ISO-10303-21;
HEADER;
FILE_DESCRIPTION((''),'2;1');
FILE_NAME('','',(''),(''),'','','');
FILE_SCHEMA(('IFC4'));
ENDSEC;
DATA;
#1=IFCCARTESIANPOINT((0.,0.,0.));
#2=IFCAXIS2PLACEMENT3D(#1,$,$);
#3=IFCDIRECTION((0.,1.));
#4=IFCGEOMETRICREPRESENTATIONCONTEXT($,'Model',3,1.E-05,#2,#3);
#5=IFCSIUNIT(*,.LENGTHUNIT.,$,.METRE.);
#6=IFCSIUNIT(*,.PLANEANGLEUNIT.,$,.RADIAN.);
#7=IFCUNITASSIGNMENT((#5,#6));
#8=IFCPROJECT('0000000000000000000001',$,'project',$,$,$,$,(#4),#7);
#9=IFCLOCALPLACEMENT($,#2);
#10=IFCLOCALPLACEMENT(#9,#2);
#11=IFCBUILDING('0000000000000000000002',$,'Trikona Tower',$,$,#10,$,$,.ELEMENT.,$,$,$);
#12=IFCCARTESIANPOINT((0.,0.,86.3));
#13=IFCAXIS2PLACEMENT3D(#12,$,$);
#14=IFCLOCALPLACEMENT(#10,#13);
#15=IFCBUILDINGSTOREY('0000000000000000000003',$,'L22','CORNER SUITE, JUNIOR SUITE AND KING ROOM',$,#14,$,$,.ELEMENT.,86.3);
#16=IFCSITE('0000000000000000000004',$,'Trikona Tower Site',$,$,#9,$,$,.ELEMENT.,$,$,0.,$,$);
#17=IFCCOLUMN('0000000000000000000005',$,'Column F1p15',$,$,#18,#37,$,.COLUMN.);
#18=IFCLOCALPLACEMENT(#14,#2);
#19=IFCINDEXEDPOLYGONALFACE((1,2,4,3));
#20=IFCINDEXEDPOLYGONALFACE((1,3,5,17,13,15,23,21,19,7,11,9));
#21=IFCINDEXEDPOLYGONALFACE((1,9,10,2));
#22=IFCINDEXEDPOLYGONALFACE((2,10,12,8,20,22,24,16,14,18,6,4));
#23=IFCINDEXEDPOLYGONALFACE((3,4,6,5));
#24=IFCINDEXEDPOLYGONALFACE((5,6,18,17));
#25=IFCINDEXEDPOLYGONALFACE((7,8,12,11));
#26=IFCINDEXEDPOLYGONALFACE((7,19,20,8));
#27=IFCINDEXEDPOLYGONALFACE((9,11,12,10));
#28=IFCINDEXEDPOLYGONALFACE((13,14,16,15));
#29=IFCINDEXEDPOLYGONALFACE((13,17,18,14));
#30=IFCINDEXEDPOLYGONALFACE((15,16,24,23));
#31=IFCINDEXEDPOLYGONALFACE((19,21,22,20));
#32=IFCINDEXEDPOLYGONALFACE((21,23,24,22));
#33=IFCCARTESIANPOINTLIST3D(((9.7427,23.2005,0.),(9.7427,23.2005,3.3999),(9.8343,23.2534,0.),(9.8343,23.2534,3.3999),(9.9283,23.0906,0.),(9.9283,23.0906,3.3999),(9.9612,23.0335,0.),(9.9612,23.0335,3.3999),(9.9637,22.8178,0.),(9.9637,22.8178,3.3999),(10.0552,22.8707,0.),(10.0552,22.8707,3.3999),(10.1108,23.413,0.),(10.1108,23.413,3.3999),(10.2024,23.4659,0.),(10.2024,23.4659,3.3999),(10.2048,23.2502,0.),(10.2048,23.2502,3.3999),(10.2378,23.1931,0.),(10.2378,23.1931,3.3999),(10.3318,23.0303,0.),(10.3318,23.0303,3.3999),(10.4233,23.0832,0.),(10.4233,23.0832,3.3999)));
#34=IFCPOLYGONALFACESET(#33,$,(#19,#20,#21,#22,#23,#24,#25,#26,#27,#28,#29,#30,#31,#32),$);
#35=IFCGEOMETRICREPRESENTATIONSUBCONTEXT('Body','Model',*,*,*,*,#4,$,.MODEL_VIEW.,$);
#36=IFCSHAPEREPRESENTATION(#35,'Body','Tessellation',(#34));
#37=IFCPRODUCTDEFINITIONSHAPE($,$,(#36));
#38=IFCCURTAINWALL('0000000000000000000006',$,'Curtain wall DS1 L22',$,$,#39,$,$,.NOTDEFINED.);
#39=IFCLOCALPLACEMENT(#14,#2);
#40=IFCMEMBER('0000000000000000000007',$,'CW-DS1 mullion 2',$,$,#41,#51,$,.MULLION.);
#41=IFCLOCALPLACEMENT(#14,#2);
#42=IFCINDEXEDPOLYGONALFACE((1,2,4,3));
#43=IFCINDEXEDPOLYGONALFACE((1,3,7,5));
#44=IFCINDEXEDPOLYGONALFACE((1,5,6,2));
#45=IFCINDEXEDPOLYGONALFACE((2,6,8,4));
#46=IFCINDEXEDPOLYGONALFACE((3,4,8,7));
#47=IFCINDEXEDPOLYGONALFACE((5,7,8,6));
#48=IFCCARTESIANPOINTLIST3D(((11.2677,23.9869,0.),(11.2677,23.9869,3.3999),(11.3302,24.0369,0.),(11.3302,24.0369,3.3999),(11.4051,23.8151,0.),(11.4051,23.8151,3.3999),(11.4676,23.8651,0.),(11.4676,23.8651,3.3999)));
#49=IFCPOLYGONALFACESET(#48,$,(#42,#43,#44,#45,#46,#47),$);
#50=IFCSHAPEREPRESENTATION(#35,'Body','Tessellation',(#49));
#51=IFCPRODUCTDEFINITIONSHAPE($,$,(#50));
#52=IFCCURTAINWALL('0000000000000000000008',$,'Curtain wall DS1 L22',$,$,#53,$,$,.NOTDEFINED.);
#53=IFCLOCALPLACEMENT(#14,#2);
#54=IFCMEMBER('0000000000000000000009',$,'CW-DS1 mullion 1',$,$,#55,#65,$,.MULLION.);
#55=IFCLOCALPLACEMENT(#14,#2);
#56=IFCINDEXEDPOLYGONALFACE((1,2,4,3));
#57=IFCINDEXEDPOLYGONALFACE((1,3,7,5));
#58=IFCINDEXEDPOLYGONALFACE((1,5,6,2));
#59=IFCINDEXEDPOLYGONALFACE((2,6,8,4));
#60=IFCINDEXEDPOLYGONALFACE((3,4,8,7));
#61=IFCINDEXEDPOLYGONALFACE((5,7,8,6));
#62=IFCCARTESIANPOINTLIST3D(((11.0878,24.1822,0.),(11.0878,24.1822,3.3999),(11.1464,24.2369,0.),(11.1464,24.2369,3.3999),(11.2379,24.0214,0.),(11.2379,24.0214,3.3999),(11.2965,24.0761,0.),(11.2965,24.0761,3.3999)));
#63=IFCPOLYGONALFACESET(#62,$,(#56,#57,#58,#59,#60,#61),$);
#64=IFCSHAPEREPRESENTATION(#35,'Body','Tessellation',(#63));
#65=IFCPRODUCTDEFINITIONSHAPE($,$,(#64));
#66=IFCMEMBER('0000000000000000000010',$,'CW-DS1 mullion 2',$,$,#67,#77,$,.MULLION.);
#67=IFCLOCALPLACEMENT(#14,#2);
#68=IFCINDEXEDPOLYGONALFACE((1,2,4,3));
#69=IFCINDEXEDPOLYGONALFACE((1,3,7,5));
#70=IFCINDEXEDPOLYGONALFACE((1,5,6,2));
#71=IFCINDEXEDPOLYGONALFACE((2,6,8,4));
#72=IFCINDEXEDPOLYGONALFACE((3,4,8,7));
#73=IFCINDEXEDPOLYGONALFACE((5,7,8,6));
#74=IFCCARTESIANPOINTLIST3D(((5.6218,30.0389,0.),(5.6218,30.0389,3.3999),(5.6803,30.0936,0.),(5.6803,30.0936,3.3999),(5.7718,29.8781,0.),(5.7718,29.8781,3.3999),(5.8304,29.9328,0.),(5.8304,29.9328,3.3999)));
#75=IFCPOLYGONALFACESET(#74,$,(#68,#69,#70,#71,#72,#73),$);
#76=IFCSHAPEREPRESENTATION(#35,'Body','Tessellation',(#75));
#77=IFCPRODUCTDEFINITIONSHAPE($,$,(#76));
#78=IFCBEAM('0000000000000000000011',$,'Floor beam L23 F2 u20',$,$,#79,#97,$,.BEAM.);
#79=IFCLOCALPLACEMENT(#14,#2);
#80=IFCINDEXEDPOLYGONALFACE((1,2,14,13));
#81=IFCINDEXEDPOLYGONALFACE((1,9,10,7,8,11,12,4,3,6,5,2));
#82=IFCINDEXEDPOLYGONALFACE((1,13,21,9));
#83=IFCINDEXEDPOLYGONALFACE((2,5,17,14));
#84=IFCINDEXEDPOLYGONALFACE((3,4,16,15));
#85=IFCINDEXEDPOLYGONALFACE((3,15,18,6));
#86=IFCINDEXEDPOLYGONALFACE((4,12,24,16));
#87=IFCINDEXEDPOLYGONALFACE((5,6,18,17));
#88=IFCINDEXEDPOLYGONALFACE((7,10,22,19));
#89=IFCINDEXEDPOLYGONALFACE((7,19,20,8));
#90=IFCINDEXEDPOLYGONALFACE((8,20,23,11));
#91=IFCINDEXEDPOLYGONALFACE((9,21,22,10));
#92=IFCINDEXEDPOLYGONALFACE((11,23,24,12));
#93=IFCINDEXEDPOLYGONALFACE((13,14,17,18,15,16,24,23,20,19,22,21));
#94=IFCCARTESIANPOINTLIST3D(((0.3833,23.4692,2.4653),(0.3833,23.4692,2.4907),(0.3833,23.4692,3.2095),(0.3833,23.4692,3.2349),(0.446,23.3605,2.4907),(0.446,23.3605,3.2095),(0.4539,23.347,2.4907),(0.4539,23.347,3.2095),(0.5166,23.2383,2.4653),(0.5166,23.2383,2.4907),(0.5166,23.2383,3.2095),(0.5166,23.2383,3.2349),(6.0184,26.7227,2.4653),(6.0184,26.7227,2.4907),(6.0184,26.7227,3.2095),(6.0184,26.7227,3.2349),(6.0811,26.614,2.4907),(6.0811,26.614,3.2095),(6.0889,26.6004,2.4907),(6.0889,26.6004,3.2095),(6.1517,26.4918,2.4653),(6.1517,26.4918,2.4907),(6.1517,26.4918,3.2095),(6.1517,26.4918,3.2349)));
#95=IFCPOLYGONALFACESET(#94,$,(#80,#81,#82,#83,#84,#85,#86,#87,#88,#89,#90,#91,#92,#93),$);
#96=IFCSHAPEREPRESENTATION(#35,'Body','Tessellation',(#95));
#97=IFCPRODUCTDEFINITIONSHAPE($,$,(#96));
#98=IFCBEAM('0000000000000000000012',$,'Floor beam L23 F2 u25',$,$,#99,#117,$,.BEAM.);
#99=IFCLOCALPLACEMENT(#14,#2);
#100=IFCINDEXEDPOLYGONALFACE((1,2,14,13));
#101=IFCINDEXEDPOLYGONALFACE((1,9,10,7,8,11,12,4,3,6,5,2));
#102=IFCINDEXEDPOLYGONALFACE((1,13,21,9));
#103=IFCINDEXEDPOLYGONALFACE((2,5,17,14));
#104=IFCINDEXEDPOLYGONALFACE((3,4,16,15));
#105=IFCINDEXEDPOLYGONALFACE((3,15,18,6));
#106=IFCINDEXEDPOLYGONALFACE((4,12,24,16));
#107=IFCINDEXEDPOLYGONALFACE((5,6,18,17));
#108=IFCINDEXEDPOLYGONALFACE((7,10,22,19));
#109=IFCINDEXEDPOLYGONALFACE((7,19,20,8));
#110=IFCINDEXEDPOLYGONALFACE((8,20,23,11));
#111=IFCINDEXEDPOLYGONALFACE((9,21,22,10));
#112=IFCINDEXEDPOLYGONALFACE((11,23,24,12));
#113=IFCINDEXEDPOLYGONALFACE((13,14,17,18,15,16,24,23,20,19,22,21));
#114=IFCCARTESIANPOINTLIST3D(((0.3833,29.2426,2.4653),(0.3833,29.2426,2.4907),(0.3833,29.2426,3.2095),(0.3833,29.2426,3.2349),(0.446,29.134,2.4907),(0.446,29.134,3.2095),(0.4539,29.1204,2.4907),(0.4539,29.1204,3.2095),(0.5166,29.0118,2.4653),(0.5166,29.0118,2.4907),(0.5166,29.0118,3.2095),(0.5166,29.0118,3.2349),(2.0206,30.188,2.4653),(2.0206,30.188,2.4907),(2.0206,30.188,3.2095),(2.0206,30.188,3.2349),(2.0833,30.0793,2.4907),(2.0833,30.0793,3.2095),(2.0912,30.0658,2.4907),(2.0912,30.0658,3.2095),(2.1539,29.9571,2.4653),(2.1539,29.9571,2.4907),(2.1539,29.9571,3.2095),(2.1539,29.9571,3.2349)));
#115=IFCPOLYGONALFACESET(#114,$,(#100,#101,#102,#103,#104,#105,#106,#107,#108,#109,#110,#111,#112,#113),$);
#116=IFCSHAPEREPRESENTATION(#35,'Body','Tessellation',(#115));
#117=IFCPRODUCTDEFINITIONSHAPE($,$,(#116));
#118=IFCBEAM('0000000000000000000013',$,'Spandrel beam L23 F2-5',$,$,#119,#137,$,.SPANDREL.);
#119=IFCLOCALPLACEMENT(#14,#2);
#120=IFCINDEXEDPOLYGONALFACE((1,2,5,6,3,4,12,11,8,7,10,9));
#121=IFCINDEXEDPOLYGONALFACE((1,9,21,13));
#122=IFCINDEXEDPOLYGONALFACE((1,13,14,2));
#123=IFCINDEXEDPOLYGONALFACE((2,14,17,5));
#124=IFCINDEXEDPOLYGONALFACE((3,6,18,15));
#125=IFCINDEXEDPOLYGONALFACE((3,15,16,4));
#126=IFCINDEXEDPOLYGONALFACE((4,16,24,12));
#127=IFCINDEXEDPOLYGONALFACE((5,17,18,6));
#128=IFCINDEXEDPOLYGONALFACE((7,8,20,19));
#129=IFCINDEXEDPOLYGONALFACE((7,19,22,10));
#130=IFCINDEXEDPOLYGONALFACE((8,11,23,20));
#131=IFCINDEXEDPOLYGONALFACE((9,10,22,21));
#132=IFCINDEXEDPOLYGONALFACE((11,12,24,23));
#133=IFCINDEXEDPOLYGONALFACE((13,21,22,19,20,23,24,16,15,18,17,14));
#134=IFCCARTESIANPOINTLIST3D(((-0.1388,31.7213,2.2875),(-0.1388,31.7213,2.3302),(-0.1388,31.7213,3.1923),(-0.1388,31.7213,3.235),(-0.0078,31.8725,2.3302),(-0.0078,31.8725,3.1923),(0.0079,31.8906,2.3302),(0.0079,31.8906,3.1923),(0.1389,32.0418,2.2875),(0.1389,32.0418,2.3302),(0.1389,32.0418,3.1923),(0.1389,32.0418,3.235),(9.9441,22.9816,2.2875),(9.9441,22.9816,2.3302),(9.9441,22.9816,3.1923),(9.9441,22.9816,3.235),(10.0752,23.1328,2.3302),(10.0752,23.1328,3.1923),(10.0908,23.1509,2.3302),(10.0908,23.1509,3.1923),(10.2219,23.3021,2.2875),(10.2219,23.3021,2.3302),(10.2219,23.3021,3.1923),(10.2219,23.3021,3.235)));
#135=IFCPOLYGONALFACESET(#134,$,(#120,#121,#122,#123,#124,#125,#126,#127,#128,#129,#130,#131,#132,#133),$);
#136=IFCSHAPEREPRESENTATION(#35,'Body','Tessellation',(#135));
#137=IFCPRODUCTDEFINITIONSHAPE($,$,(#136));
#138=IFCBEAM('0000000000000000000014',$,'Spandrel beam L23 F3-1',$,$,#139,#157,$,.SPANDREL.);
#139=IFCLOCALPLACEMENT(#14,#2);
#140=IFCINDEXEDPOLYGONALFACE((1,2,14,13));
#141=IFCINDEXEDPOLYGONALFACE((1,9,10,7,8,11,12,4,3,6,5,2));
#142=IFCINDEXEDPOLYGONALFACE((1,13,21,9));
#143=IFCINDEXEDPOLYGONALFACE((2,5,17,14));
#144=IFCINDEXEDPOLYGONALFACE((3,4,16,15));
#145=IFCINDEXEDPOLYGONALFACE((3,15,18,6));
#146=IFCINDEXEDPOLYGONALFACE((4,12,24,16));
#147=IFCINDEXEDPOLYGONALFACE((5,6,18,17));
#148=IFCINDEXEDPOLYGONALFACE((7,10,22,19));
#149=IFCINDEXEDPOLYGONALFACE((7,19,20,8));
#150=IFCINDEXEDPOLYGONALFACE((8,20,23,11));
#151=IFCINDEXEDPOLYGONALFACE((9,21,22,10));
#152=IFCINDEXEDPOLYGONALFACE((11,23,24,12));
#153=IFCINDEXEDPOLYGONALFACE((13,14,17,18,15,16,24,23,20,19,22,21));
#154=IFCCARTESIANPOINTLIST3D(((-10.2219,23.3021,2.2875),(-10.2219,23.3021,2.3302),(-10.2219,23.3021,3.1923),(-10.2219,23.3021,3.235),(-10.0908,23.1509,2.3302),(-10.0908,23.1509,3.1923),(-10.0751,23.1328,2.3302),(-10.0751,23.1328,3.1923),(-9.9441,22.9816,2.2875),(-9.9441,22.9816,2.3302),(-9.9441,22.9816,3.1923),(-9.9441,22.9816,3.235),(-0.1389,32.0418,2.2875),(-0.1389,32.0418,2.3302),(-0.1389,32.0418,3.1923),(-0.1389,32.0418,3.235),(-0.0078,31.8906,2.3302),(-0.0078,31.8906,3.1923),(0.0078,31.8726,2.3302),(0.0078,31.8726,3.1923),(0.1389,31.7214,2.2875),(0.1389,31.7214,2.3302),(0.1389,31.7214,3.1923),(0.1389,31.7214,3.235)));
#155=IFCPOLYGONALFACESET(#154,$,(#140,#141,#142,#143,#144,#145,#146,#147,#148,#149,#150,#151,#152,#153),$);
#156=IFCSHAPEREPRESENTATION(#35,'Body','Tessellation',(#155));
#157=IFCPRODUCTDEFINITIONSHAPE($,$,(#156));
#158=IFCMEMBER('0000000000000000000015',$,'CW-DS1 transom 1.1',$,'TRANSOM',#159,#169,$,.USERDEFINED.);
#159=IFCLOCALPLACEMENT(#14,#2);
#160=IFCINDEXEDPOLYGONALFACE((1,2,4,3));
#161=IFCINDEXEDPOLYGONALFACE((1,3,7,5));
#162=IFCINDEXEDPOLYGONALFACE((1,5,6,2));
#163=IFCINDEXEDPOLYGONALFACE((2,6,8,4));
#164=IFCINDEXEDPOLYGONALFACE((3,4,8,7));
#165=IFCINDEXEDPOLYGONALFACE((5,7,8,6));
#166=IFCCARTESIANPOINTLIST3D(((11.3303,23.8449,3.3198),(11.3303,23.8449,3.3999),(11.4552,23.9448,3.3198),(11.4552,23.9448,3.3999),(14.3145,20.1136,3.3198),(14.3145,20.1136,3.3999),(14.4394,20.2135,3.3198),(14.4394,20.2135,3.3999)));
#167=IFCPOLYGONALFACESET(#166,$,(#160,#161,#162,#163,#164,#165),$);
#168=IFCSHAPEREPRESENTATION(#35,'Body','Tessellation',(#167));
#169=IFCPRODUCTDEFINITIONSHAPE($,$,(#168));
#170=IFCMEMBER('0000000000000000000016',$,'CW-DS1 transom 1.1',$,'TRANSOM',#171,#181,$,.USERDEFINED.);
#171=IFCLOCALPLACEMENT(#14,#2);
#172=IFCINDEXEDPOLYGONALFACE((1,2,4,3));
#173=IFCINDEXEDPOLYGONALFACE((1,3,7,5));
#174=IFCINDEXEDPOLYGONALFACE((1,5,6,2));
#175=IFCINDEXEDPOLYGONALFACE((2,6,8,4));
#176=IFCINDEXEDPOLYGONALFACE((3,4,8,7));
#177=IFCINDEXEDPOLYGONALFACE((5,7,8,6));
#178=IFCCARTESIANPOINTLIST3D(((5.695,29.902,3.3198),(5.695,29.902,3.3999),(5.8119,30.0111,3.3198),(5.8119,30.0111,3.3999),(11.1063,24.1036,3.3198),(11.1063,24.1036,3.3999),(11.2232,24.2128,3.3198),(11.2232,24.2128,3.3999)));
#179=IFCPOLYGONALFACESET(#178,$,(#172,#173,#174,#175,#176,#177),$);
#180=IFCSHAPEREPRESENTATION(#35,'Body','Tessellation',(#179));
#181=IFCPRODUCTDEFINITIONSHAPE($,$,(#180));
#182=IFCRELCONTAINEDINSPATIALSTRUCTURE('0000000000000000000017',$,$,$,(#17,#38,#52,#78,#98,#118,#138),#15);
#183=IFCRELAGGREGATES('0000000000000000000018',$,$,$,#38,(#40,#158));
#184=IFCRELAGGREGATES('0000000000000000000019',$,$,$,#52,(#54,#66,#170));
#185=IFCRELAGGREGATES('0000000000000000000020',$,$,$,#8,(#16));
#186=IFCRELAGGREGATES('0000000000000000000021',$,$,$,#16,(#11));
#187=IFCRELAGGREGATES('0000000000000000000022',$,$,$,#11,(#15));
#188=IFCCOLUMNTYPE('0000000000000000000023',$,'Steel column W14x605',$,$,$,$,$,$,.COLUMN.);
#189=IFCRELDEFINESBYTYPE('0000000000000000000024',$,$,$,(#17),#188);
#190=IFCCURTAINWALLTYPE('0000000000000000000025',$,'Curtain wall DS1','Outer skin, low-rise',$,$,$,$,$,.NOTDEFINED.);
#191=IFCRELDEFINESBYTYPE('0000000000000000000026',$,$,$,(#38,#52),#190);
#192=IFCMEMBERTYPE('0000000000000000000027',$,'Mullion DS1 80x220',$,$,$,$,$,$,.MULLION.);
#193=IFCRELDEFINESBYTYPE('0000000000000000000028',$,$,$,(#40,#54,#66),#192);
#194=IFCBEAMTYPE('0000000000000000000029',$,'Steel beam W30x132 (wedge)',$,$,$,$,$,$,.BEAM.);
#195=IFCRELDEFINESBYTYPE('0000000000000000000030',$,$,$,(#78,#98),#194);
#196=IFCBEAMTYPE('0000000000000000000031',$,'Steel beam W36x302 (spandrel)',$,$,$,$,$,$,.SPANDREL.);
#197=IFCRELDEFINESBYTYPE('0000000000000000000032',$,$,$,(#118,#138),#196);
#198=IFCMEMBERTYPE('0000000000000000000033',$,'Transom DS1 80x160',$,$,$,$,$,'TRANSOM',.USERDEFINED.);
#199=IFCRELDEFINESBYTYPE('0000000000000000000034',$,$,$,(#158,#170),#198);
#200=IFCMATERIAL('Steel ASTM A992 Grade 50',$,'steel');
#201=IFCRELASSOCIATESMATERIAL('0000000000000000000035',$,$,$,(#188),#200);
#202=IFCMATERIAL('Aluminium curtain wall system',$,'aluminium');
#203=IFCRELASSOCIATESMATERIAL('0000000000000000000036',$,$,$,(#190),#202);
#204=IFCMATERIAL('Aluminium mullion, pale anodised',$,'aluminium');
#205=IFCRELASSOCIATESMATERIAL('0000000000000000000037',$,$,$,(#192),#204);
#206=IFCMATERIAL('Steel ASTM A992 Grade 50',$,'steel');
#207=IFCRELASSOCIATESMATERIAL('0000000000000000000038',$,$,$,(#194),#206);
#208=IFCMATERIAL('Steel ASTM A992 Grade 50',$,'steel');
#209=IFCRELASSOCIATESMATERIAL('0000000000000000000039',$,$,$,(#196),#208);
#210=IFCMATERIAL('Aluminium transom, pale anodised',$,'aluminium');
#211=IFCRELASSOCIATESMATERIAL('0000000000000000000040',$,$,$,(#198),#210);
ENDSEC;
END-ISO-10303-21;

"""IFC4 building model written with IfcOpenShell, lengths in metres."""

from ifc_helpers import new_model, si_unit, direction, frame, origin, origin_2d, place, context, subcontext, project, spatial, rectangle, i_section, extrude, material, material_profile, profile_set, type_object, element, aggregate, save


model = new_model("IFC4")

# Units and contexts
model_context = context("Model", 3, precision=1e-05, world=origin(), true_north=direction((0.0, 1.0)))
body_context = subcontext(model_context, "Body", "Model", "MODEL_VIEW")
ifc_project = project(units=[si_unit("LENGTHUNIT", "METRE"), si_unit("PLANEANGLEUNIT", "RADIAN")], contexts=[model_context])

# Site, building, storey
site_placement = place(None, origin())
site = spatial("IfcSite", under=ifc_project, at=site_placement, Name="Trikona Tower Site", CompositionType="ELEMENT", RefElevation=0.0)
building_placement = place(site_placement, origin())
building = spatial("IfcBuilding", under=site, at=building_placement, Name="Trikona Tower", CompositionType="ELEMENT")
storey_placement = place(building_placement, frame((0.0, 0.0, 86.3)))
storey = spatial("IfcBuildingStorey", under=building, at=storey_placement, Name="L22", Description="CORNER SUITE, JUNIOR SUITE AND KING ROOM", CompositionType="ELEMENT", Elevation=86.3)

# Column
ifc_material_1 = material(Name="Steel ASTM A992 Grade 50", Category="steel")
ifc_material_profile_1 = material_profile(ifc_material_1, i_section(OverallWidth=0.4419, OverallDepth=0.5308, WebThickness=0.0659, FlangeThickness=0.1057, at=origin_2d()), Name="W14X605")
ifc_profile_set_1 = profile_set([ifc_material_profile_1], Name="Steel ASTM A992 Grade 50")
column_type = type_object("IfcColumnType", Name="Steel column W14x605", PredefinedType="COLUMN", material=ifc_profile_set_1)
column_placement = place(storey_placement, frame((10.083, 23.1418, 0.0), z_axis=(0.0, 0.0, 1.0), x_axis=(-0.5, 0.866025, 0.0)))
element("IfcColumn", 1, at=column_placement, inside=storey, type_object=column_type, Name="Column F1p15", PredefinedType="COLUMN", context=body_context, shape_type="SweptSolid", body=[
    extrude(i_section(OverallWidth=0.4419, OverallDepth=0.5308, WebThickness=0.0659, FlangeThickness=0.1057, at=origin_2d()), origin(), (0.0, 0.0, 1.0), 3.3999),
])

# Curtain wall, member
ifc_material_2 = material(Name="Aluminium curtain wall system", Category="aluminium")
curtain_wall_type = type_object("IfcCurtainWallType", Name="Curtain wall DS1", Description="Outer skin, low-rise", PredefinedType="NOTDEFINED", material=ifc_material_2)
curtain_wall_1_placement = place(storey_placement, origin())
curtain_wall_1 = element("IfcCurtainWall", 2, at=curtain_wall_1_placement, inside=storey, type_object=curtain_wall_type, Name="Curtain wall DS1 L22", PredefinedType="NOTDEFINED")
ifc_material_3 = material(Name="Aluminium mullion, pale anodised", Category="aluminium")
ifc_material_profile_2 = material_profile(ifc_material_3, rectangle(XDim=0.0801, YDim=0.22, at=origin_2d()), Name="MUL-DS1")
ifc_profile_set_2 = profile_set([ifc_material_profile_2], Name="Aluminium mullion, pale anodised")
member_type_1 = type_object("IfcMemberType", Name="Mullion DS1 80x220", PredefinedType="MULLION", material=ifc_profile_set_2)
member_1_placement = place(storey_placement, frame((11.3677, 23.926, 0.0), z_axis=(0.0, 0.0, 1.0), x_axis=(-0.780938, -0.624609, 0.0)))
member_1 = element("IfcMember", 3, at=member_1_placement, type_object=member_type_1, Name="CW-DS1 mullion 2", PredefinedType="MULLION", context=body_context, shape_type="SweptSolid", body=[
    extrude(rectangle(XDim=0.0801, YDim=0.22, at=origin_2d()), origin(), (0.0, 0.0, 1.0), 3.3999),
])

# Curtain wall, members
curtain_wall_2_placement = place(storey_placement, origin())
curtain_wall_2 = element("IfcCurtainWall", 4, at=curtain_wall_2_placement, inside=storey, type_object=curtain_wall_type, Name="Curtain wall DS1 L22", PredefinedType="NOTDEFINED")
member_2_placement = place(storey_placement, frame((11.1921, 24.1292, 0.0), z_axis=(0.0, 0.0, 1.0), x_axis=(-0.731077, -0.682295, 0.0)))
member_2 = element("IfcMember", 5, at=member_2_placement, type_object=member_type_1, Name="CW-DS1 mullion 1", PredefinedType="MULLION", context=body_context, shape_type="SweptSolid", body=[
    extrude(rectangle(XDim=0.0801, YDim=0.22, at=origin_2d()), origin(), (0.0, 0.0, 1.0), 3.3999),
])
member_3_placement = place(storey_placement, frame((5.7261, 29.9858, 0.0), z_axis=(0.0, 0.0, 1.0), x_axis=(-0.731077, -0.682295, 0.0)))
member_3 = element("IfcMember", 6, at=member_3_placement, type_object=member_type_1, Name="CW-DS1 mullion 2", PredefinedType="MULLION", context=body_context, shape_type="SweptSolid", body=[
    extrude(rectangle(XDim=0.0801, YDim=0.22, at=origin_2d()), origin(), (0.0, 0.0, 1.0), 3.3999),
])

# Beams
ifc_material_4 = material(Name="Steel ASTM A992 Grade 50", Category="steel")
ifc_material_profile_3 = material_profile(ifc_material_4, i_section(OverallWidth=0.2666, OverallDepth=0.7695, WebThickness=0.0156, FlangeThickness=0.0254, at=origin_2d()), Name="W30X132")
ifc_profile_set_3 = profile_set([ifc_material_profile_3], Name="Steel ASTM A992 Grade 50")
beam_type_1 = type_object("IfcBeamType", Name="Steel beam W30x132 (wedge)", PredefinedType="BEAM", material=ifc_profile_set_3)
beam_1_placement = place(storey_placement, frame((0.45, 23.3538, 2.8501), z_axis=(0.866023, 0.500005, 0.0), x_axis=(-0.500005, 0.866023, 0.0)))
element("IfcBeam", 7, at=beam_1_placement, inside=storey, type_object=beam_type_1, Name="Floor beam L23 F2 u20", PredefinedType="BEAM", context=body_context, shape_type="SweptSolid", body=[
    extrude(i_section(OverallWidth=0.2666, OverallDepth=0.7695, WebThickness=0.0156, FlangeThickness=0.0254, at=origin_2d()), origin(), (0.0, 0.0, 1.0), 6.5068),
])
beam_2_placement = place(storey_placement, frame((0.45, 29.1272, 2.8501), z_axis=(0.866009, 0.500028, 0.0), x_axis=(-0.500028, 0.866009, 0.0)))
element("IfcBeam", 8, at=beam_2_placement, inside=storey, type_object=beam_type_1, Name="Floor beam L23 F2 u25", PredefinedType="BEAM", context=body_context, shape_type="SweptSolid", body=[
    extrude(i_section(OverallWidth=0.2666, OverallDepth=0.7695, WebThickness=0.0156, FlangeThickness=0.0254, at=origin_2d()), origin(), (0.0, 0.0, 1.0), 1.8906),
])
ifc_material_5 = material(Name="Steel ASTM A992 Grade 50", Category="steel")
ifc_material_profile_4 = material_profile(ifc_material_5, i_section(OverallWidth=0.4241, OverallDepth=0.9475, WebThickness=0.0239, FlangeThickness=0.0427, at=origin_2d()), Name="W36X302")
ifc_profile_set_4 = profile_set([ifc_material_profile_4], Name="Steel ASTM A992 Grade 50")
beam_type_2 = type_object("IfcBeamType", Name="Steel beam W36x302 (spandrel)", PredefinedType="SPANDREL", material=ifc_profile_set_4)
for number, where, z_axis, x_axis, name in (
    (9, (10.083, 23.1418, 2.7612), (-0.755647, 0.654979, 0.0), (-0.654979, -0.755647, 0.0), "Spandrel beam L23 F2-5"),
    (10, (0.0, 31.8816, 2.7612), (-0.755647, -0.654979, 0.0), (0.654979, -0.755647, 0.0), "Spandrel beam L23 F3-1"),
):
    element("IfcBeam", number, at=place(storey_placement, frame(where, z_axis=z_axis, x_axis=x_axis)), inside=storey, type_object=beam_type_2, Name=name, PredefinedType="SPANDREL", context=body_context, shape_type="SweptSolid", body=[
        extrude(i_section(OverallWidth=0.4241, OverallDepth=0.9475, WebThickness=0.0239, FlangeThickness=0.0427, at=origin_2d()), origin(), (0.0, 0.0, 1.0), 13.3435),
    ])

# Members
ifc_material_6 = material(Name="Aluminium transom, pale anodised", Category="aluminium")
ifc_material_profile_5 = material_profile(ifc_material_6, rectangle(XDim=0.1599, YDim=0.0801, at=origin_2d()), Name="TRN-DS1")
ifc_profile_set_5 = profile_set([ifc_material_profile_5], Name="Aluminium transom, pale anodised")
member_type_2 = type_object("IfcMemberType", Name="Transom DS1 80x160", ElementType="TRANSOM", PredefinedType="USERDEFINED", material=ifc_profile_set_5)
member_4_placement = place(storey_placement, frame((14.377, 20.1636, 3.3599), z_axis=(-0.624589, 0.780954, 0.0), x_axis=(-0.780954, -0.624589, 0.0)))
member_4 = element("IfcMember", 11, at=member_4_placement, type_object=member_type_2, Name="CW-DS1 transom 1.1", ObjectType="TRANSOM", PredefinedType="USERDEFINED", context=body_context, shape_type="SweptSolid", body=[
    extrude(rectangle(XDim=0.1599, YDim=0.0801, at=origin_2d()), origin(), (0.0, 0.0, 1.0), 4.7778),
])
member_5_placement = place(storey_placement, frame((11.1648, 24.1582, 3.3599), z_axis=(-0.682291, 0.731081, 0.0), x_axis=(-0.731081, -0.682291, 0.0)))
member_5 = element("IfcMember", 12, at=member_5_placement, type_object=member_type_2, Name="CW-DS1 transom 1.1", ObjectType="TRANSOM", PredefinedType="USERDEFINED", context=body_context, shape_type="SweptSolid", body=[
    extrude(rectangle(XDim=0.1599, YDim=0.0801, at=origin_2d()), origin(), (0.0, 0.0, 1.0), 7.9312),
])

aggregate(curtain_wall_1, [member_1, member_4])
aggregate(curtain_wall_2, [member_2, member_3, member_5])

save(model, "model.ifc")
